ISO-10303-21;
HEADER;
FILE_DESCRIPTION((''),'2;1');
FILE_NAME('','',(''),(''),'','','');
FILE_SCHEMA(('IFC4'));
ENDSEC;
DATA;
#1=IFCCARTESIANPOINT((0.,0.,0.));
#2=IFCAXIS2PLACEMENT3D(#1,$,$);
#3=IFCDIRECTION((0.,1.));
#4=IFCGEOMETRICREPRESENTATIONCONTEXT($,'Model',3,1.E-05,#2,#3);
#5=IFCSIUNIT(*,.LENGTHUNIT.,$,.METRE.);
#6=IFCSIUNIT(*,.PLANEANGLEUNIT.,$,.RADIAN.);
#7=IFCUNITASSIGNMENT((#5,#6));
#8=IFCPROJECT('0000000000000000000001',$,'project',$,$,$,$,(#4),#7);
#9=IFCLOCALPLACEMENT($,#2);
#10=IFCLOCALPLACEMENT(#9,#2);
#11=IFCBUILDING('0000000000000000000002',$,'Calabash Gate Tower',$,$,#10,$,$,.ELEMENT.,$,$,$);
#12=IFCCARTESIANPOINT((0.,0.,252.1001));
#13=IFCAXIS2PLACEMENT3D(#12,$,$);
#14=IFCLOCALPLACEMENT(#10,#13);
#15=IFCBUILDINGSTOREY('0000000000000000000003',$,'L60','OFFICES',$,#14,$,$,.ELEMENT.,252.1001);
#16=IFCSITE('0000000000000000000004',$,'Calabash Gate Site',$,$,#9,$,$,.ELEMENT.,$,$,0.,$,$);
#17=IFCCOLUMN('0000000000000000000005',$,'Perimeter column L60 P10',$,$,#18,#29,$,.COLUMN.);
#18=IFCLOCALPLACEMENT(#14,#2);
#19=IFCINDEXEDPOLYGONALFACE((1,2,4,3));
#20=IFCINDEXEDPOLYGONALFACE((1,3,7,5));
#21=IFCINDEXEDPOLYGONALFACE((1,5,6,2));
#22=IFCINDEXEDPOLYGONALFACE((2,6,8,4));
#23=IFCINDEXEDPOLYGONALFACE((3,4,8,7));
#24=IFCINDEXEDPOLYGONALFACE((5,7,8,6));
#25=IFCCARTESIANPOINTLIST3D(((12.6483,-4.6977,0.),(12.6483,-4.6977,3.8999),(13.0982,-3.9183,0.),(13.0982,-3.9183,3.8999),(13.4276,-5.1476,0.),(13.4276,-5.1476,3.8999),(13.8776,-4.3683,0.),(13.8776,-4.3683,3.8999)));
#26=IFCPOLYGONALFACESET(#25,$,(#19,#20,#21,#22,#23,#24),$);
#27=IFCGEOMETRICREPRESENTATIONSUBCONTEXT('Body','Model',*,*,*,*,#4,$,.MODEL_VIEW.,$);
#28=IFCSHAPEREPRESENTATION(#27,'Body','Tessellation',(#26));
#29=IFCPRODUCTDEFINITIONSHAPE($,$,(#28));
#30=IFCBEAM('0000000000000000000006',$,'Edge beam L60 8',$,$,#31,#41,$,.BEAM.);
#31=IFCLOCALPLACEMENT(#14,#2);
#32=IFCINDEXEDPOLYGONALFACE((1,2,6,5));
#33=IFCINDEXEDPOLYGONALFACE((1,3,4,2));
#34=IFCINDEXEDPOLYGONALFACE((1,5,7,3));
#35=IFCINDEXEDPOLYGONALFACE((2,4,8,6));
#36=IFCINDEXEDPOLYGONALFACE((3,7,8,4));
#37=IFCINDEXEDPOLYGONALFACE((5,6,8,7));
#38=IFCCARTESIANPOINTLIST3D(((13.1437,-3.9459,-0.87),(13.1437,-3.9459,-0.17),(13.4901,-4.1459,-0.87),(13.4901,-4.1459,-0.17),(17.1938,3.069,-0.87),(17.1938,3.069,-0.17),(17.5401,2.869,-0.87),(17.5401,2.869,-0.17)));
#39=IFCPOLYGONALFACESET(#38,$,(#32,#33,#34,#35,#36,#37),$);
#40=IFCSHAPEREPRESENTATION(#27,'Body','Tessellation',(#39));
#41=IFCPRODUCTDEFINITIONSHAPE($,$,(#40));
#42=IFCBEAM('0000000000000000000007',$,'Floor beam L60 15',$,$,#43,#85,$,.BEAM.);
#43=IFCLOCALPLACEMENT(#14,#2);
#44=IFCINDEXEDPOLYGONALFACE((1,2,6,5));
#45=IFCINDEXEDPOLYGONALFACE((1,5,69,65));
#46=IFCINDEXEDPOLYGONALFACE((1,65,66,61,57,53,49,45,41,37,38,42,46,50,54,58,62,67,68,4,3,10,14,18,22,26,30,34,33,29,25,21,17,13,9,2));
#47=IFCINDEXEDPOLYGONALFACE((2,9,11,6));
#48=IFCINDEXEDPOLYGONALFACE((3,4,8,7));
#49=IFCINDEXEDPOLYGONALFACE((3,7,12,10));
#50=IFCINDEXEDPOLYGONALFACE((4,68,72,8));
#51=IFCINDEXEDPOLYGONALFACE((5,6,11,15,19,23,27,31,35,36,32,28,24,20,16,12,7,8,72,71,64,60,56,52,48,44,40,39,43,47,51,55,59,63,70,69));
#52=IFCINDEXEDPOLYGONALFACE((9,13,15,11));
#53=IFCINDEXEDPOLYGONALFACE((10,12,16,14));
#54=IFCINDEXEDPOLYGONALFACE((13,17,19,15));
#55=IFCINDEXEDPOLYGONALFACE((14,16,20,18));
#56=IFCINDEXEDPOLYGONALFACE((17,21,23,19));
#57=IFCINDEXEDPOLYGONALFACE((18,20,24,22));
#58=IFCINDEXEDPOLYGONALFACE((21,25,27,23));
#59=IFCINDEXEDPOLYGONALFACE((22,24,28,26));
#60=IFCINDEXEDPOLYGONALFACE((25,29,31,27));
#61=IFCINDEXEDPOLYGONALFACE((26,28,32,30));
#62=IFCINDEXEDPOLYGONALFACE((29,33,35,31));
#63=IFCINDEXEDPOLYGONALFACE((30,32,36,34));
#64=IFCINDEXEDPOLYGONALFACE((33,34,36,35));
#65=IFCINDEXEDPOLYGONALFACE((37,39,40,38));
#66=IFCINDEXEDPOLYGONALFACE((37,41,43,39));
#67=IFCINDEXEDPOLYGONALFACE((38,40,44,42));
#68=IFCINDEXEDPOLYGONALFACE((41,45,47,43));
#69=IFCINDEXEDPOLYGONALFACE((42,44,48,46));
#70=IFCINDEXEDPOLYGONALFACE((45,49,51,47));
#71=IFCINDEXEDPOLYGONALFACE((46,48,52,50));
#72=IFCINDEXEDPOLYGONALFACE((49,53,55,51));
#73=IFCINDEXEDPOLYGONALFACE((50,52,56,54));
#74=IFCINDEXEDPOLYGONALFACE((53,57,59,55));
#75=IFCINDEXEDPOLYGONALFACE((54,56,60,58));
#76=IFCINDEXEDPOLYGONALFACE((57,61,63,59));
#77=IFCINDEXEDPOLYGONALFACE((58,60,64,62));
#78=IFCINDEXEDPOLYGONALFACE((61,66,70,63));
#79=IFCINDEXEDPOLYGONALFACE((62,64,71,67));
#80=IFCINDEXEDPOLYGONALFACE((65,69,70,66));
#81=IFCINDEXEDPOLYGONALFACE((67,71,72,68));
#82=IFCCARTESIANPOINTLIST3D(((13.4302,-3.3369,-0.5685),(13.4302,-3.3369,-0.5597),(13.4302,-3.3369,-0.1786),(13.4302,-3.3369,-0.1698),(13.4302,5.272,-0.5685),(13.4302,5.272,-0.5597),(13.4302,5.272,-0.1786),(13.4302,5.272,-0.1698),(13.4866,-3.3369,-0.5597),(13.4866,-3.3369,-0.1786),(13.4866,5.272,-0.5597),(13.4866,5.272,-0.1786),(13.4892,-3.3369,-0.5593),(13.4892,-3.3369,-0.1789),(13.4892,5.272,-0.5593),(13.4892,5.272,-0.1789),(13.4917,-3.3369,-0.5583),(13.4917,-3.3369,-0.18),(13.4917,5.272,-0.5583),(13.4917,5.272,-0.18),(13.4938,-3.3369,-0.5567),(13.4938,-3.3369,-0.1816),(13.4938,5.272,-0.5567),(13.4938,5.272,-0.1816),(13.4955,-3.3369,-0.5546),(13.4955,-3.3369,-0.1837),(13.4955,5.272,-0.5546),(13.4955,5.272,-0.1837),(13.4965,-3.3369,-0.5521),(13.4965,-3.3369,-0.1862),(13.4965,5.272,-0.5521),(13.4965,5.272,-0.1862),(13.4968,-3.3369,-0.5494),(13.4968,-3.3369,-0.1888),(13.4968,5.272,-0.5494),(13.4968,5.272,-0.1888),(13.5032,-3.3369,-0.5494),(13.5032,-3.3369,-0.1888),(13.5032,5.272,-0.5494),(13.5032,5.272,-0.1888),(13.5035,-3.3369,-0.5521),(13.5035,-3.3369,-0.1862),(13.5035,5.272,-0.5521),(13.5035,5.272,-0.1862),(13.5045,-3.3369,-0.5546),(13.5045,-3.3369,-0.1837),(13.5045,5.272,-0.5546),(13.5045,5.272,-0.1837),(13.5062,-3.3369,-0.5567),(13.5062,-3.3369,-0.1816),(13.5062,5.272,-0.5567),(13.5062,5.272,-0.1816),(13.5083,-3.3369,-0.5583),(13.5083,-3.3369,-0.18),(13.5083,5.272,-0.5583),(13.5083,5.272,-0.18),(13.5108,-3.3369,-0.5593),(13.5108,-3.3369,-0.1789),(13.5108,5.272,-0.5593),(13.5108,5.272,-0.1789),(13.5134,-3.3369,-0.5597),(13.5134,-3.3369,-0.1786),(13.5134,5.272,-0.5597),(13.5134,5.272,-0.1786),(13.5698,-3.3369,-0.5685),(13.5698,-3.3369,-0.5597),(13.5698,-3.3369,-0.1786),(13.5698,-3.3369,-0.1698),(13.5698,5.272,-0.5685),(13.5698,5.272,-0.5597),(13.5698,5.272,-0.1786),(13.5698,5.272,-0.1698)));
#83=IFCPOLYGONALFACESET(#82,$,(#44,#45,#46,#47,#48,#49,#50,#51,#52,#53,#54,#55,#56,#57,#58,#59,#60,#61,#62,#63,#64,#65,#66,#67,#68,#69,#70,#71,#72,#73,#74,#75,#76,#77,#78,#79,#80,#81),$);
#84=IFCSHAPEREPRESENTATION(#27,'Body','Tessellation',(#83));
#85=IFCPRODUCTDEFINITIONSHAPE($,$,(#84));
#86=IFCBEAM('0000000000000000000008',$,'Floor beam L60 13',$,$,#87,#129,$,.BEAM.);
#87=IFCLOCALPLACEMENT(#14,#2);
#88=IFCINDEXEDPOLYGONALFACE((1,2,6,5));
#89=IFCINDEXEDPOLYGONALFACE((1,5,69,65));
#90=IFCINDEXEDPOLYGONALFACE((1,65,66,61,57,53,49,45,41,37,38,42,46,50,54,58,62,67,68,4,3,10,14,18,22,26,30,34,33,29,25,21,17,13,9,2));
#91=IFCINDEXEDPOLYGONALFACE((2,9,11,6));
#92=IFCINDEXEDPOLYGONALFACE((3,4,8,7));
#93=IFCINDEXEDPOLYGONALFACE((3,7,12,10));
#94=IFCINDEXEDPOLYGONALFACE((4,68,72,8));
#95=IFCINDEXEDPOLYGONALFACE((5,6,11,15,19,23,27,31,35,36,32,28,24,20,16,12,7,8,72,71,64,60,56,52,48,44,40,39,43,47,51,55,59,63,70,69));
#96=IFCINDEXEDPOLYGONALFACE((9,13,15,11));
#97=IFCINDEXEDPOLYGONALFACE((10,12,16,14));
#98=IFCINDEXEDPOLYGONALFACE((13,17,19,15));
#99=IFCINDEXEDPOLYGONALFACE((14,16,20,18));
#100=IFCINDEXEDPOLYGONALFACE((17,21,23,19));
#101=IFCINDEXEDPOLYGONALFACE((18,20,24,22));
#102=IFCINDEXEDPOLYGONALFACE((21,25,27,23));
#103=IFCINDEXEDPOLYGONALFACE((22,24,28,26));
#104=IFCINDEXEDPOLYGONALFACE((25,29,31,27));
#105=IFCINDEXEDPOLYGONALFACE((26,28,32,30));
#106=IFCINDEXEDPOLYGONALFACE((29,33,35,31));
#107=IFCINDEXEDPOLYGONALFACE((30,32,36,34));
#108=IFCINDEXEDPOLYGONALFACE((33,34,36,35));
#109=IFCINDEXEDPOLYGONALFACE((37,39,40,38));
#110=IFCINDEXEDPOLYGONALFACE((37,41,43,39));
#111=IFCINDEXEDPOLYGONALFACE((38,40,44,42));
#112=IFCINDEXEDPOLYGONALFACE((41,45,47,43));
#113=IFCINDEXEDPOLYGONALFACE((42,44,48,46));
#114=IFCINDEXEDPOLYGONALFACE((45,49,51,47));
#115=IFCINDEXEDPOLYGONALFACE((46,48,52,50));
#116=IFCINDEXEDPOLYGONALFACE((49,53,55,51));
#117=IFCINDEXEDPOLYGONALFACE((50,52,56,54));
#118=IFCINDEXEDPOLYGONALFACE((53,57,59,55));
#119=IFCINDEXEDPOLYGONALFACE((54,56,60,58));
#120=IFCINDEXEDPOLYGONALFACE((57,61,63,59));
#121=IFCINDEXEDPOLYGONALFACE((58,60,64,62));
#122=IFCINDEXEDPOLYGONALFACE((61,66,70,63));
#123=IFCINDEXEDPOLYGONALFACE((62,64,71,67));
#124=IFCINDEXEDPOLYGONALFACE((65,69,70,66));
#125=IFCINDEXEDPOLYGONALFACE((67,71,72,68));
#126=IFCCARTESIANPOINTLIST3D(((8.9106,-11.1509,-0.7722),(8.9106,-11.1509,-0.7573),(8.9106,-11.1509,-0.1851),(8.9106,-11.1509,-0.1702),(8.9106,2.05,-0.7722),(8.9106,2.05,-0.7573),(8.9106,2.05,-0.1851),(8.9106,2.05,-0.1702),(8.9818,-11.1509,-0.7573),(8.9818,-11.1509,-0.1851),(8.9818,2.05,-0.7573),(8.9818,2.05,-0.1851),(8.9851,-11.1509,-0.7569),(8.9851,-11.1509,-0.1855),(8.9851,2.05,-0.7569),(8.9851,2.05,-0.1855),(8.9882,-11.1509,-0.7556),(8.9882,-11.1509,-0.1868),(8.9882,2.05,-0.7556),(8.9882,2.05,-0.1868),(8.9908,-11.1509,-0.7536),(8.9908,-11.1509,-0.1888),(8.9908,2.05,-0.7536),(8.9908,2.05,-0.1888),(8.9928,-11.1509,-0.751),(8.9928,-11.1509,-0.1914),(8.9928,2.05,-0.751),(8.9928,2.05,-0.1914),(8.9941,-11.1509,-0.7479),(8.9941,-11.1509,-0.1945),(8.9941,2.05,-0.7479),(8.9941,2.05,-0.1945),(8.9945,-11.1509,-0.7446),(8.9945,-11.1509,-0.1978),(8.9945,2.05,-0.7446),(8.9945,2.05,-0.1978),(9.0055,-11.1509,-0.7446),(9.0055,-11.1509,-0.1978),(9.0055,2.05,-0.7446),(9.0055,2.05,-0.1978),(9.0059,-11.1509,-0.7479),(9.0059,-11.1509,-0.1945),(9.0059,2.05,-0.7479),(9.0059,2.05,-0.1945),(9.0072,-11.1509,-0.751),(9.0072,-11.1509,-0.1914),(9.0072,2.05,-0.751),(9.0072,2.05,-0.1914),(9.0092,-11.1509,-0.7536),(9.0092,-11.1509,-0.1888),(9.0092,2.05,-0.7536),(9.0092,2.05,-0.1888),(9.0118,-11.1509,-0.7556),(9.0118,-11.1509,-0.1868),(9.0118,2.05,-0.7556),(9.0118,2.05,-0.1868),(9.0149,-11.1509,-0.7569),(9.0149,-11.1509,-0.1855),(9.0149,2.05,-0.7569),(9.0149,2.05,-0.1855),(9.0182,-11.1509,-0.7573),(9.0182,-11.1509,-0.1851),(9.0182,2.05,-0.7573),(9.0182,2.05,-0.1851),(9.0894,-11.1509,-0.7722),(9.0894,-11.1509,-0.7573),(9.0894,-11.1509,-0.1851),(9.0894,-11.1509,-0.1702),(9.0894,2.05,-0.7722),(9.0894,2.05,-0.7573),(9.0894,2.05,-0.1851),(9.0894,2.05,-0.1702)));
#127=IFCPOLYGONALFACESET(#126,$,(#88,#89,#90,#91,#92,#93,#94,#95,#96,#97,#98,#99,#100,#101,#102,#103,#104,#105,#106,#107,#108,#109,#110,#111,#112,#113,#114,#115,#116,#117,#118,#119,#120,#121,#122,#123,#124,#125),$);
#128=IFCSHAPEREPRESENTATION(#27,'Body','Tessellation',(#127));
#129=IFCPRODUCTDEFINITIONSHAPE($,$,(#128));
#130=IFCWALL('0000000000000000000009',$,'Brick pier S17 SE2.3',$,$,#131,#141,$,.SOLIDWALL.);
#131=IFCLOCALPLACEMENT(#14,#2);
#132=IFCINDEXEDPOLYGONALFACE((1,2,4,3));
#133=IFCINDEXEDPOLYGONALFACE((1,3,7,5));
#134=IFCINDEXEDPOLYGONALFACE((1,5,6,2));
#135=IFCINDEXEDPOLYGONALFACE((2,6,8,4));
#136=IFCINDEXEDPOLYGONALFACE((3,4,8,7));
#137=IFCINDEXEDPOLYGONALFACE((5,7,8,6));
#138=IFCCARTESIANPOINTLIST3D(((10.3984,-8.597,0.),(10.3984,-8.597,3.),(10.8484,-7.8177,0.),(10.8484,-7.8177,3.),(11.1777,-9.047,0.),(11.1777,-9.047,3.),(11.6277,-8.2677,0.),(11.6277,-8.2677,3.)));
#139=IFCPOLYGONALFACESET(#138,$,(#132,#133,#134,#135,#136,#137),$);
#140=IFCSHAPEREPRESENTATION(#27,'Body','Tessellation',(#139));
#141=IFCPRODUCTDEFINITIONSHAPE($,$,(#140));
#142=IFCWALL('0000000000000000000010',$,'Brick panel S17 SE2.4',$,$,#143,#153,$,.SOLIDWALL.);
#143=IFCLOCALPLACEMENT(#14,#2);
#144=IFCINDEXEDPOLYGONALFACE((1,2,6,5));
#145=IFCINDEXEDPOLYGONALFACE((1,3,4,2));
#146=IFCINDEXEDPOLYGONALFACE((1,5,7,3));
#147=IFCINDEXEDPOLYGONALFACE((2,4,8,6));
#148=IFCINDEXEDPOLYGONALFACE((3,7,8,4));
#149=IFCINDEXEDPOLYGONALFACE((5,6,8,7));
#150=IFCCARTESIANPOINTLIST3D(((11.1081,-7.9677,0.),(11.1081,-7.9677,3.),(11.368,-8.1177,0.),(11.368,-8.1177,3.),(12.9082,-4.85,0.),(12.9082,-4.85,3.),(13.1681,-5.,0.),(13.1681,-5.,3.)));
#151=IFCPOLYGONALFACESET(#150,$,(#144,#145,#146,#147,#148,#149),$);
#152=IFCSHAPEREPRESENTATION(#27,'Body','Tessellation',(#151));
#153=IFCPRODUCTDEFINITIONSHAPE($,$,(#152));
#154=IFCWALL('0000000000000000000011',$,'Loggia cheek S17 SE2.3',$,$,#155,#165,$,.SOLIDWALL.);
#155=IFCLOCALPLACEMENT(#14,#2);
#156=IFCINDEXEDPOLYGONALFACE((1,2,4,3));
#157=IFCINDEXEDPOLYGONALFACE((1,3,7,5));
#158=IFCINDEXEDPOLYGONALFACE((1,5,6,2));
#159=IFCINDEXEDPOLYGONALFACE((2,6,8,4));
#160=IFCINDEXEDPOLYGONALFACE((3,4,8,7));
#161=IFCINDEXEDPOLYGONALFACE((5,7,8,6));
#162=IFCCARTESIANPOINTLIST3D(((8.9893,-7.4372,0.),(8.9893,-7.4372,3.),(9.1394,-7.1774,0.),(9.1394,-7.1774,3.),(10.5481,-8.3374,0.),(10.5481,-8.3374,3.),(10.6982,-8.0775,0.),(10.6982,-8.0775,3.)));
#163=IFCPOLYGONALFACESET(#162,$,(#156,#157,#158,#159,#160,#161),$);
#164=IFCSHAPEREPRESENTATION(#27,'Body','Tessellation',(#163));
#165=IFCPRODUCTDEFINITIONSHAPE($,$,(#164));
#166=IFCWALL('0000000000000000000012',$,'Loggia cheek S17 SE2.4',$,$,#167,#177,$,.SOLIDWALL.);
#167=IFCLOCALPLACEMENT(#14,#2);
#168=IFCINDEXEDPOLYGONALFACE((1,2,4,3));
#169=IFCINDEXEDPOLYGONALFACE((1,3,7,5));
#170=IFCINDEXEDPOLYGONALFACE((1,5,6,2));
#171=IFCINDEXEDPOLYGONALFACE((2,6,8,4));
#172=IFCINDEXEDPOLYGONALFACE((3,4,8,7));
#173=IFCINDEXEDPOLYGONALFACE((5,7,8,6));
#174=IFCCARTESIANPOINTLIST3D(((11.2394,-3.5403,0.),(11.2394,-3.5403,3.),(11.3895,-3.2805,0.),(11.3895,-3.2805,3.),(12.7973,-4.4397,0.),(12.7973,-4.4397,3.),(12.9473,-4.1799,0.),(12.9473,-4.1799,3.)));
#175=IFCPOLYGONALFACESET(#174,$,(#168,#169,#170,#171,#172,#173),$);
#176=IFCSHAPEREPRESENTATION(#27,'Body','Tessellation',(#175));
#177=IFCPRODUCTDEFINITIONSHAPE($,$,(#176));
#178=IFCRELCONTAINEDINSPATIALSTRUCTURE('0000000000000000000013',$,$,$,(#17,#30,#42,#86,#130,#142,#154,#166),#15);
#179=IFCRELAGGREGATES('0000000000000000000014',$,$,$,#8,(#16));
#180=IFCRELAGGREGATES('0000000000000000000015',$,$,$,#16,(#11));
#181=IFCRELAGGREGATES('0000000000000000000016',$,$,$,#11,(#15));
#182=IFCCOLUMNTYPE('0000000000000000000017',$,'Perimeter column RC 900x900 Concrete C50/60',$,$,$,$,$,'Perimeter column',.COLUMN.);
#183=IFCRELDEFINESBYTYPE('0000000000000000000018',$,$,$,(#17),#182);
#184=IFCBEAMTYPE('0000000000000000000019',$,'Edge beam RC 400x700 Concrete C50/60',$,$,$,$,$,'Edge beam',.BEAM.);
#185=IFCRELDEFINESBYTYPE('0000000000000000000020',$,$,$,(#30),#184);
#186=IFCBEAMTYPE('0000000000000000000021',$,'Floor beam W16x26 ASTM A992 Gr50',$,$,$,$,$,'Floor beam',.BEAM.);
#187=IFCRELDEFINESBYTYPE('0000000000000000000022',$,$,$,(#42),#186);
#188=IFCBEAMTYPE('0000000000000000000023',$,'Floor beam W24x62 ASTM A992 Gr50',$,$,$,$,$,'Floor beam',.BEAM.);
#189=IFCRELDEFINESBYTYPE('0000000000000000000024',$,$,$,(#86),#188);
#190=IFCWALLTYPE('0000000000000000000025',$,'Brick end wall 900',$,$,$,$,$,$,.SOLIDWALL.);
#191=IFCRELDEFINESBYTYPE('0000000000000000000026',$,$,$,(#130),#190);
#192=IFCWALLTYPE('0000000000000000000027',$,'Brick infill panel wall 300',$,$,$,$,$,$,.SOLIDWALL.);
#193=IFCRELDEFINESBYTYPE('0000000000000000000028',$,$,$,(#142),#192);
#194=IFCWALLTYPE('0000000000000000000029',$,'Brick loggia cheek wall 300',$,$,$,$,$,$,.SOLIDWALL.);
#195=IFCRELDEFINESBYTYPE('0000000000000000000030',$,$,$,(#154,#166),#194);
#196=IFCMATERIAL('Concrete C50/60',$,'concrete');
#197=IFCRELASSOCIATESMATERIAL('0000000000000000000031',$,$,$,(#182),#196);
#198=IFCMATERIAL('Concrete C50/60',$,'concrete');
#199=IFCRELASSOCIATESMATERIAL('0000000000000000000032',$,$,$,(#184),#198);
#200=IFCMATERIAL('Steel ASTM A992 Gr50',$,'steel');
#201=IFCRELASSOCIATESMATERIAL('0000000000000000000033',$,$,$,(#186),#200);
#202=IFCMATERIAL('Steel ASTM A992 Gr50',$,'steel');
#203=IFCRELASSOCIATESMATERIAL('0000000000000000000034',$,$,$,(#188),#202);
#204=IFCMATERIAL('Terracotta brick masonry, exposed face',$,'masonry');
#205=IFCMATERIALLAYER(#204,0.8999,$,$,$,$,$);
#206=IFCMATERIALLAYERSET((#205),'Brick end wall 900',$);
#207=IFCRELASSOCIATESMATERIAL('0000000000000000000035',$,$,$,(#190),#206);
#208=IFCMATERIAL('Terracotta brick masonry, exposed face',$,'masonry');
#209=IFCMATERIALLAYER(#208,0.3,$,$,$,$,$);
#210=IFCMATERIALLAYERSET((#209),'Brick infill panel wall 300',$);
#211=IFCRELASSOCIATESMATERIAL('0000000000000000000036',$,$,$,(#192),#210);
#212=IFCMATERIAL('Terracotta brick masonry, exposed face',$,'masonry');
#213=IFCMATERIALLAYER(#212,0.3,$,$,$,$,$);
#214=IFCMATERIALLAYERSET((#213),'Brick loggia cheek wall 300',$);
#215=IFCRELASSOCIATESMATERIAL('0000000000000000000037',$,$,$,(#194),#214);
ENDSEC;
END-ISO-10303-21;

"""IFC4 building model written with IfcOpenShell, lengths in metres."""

from ifc_helpers import new_model, si_unit, direction, frame, frame_2d, origin, origin_2d, place, context, subcontext, project, spatial, rectangle, i_section, extrude, material, layer, layer_set, material_profile, profile_set, type_object, element, save


model = new_model("IFC4")

# Units and contexts
model_context = context("Model", 3, precision=1e-05, world=origin(), true_north=direction((0.0, 1.0)))
body_context = subcontext(model_context, "Body", "Model", "MODEL_VIEW")
ifc_project = project(units=[si_unit("LENGTHUNIT", "METRE"), si_unit("PLANEANGLEUNIT", "RADIAN")], contexts=[model_context])

# Site, building, storey
site_placement = place(None, origin())
site = spatial("IfcSite", under=ifc_project, at=site_placement, Name="Calabash Gate Site", CompositionType="ELEMENT", RefElevation=0.0)
building_placement = place(site_placement, origin())
building = spatial("IfcBuilding", under=site, at=building_placement, Name="Calabash Gate Tower", CompositionType="ELEMENT")
storey_placement = place(building_placement, frame((0.0, 0.0, 252.1001)))
storey = spatial("IfcBuildingStorey", under=building, at=storey_placement, Name="L60", Description="OFFICES", CompositionType="ELEMENT", Elevation=252.1001)

# Column
ifc_material_1 = material(Name="Concrete C50/60", Category="concrete")
ifc_material_profile_1 = material_profile(ifc_material_1, rectangle(XDim=0.8999, YDim=0.8999, at=origin_2d()))
ifc_profile_set_1 = profile_set([ifc_material_profile_1], Name="Concrete C50/60")
column_type = type_object("IfcColumnType", Name="Perimeter column RC 900x900 Concrete C50/60", ElementType="Perimeter column", PredefinedType="COLUMN", material=ifc_profile_set_1)
column_placement = place(storey_placement, frame((13.2629, -4.533, 0.0), z_axis=(0.0, 0.0, 1.0), x_axis=(0.5, 0.866025, 0.0)))
element("IfcColumn", 1, at=column_placement, inside=storey, type_object=column_type, Name="Perimeter column L60 P10", PredefinedType="COLUMN", context=body_context, shape_type="SweptSolid", body=[
    extrude(rectangle(XDim=0.8999, YDim=0.8999, at=origin_2d()), origin(), (0.0, 0.0, 1.0), 3.8999),
])

# Beams
ifc_material_2 = material(Name="Concrete C50/60", Category="concrete")
ifc_material_profile_2 = material_profile(ifc_material_2, rectangle(XDim=0.3999, YDim=0.7, at=origin_2d()))
ifc_profile_set_2 = profile_set([ifc_material_profile_2], Name="Concrete C50/60")
beam_type_1 = type_object("IfcBeamType", Name="Edge beam RC 400x700 Concrete C50/60", ElementType="Edge beam", PredefinedType="BEAM", material=ifc_profile_set_2)
beam_1_placement = place(storey_placement, frame((13.3169, -4.0459, -0.52), z_axis=(0.5, 0.866025, 0.0), x_axis=(-0.866025, 0.5, 0.0)))
element("IfcBeam", 2, at=beam_1_placement, inside=storey, type_object=beam_type_1, Name="Edge beam L60 8", PredefinedType="BEAM", context=body_context, shape_type="SweptSolid", body=[
    extrude(rectangle(XDim=0.3999, YDim=0.7, at=origin_2d()), origin(), (0.0, 0.0, 1.0), 8.1001),
])
ifc_material_3 = material(Name="Steel ASTM A992 Gr50", Category="steel")
ifc_material_profile_3 = material_profile(ifc_material_3, i_section(OverallWidth=0.1396, OverallDepth=0.3987, WebThickness=0.0063, FlangeThickness=0.0088, FilletRadius=0.0103, at=origin_2d()))
ifc_profile_set_3 = profile_set([ifc_material_profile_3], Name="Steel ASTM A992 Gr50")
beam_type_2 = type_object("IfcBeamType", Name="Floor beam W16x26 ASTM A992 Gr50", ElementType="Floor beam", PredefinedType="BEAM", material=ifc_profile_set_3)
beam_2_placement = place(storey_placement, frame((13.5, -3.3369, -0.3691), z_axis=(0.0, 1.0, 0.0), x_axis=(-1.0, 0.0, 0.0)))
element("IfcBeam", 3, at=beam_2_placement, inside=storey, type_object=beam_type_2, Name="Floor beam L60 15", PredefinedType="BEAM", context=body_context, shape_type="SweptSolid", body=[
    extrude(i_section(OverallWidth=0.1396, OverallDepth=0.3987, WebThickness=0.0063, FlangeThickness=0.0088, FilletRadius=0.0103, at=origin_2d()), origin(), (0.0, 0.0, 1.0), 8.6089),
])
ifc_material_4 = material(Name="Steel ASTM A992 Gr50", Category="steel")
ifc_material_profile_4 = material_profile(ifc_material_4, i_section(OverallWidth=0.1787, OverallDepth=0.6021, WebThickness=0.011, FlangeThickness=0.0149, FilletRadius=0.0127, at=origin_2d()))
ifc_profile_set_4 = profile_set([ifc_material_profile_4], Name="Steel ASTM A992 Gr50")
beam_type_3 = type_object("IfcBeamType", Name="Floor beam W24x62 ASTM A992 Gr50", ElementType="Floor beam", PredefinedType="BEAM", material=ifc_profile_set_4)
beam_3_placement = place(storey_placement, frame((9.0, -11.1509, -0.4712), z_axis=(0.0, 1.0, 0.0), x_axis=(-1.0, 0.0, 0.0)))
element("IfcBeam", 4, at=beam_3_placement, inside=storey, type_object=beam_type_3, Name="Floor beam L60 13", PredefinedType="BEAM", context=body_context, shape_type="SweptSolid", body=[
    extrude(i_section(OverallWidth=0.1787, OverallDepth=0.6021, WebThickness=0.011, FlangeThickness=0.0149, FilletRadius=0.0127, at=origin_2d()), origin(), (0.0, 0.0, 1.0), 13.2009),
])

# Walls
ifc_material_5 = material(Name="Terracotta brick masonry, exposed face", Category="masonry")
ifc_layer_1 = layer(ifc_material_5, 0.8999)
ifc_layer_set_1 = layer_set([ifc_layer_1], Name="Brick end wall 900")
wall_type_1 = type_object("IfcWallType", Name="Brick end wall 900", PredefinedType="SOLIDWALL", material=ifc_layer_set_1)
wall_1_placement = place(storey_placement, frame((10.7881, -8.822, 0.0), z_axis=(0.0, 0.0, 1.0), x_axis=(0.50002, 0.866014, 0.0)))
element("IfcWall", 5, at=wall_1_placement, inside=storey, type_object=wall_type_1, Name="Brick pier S17 SE2.3", PredefinedType="SOLIDWALL", context=body_context, shape_type="SweptSolid", body=[
    extrude(rectangle(XDim=0.8999, YDim=0.8999, at=frame_2d((0.45, 0.0))), origin(), (0.0, 0.0, 1.0), 3.0),
])
ifc_material_6 = material(Name="Terracotta brick masonry, exposed face", Category="masonry")
ifc_layer_2 = layer(ifc_material_6, 0.3)
ifc_layer_set_2 = layer_set([ifc_layer_2], Name="Brick infill panel wall 300")
wall_type_2 = type_object("IfcWallType", Name="Brick infill panel wall 300", PredefinedType="SOLIDWALL", material=ifc_layer_set_2)
wall_2_placement = place(storey_placement, frame((11.238, -8.0427, 0.0), z_axis=(0.0, 0.0, 1.0), x_axis=(0.500012, 0.866018, 0.0)))
element("IfcWall", 6, at=wall_2_placement, inside=storey, type_object=wall_type_2, Name="Brick panel S17 SE2.4", PredefinedType="SOLIDWALL", context=body_context, shape_type="SweptSolid", body=[
    extrude(rectangle(XDim=3.6001, YDim=0.3, at=frame_2d((1.8, 0.0))), origin(), (0.0, 0.0, 1.0), 3.0),
])
ifc_material_7 = material(Name="Terracotta brick masonry, exposed face", Category="masonry")
ifc_layer_3 = layer(ifc_material_7, 0.3)
ifc_layer_set_3 = layer_set([ifc_layer_3], Name="Brick loggia cheek wall 300")
wall_type_3 = type_object("IfcWallType", Name="Brick loggia cheek wall 300", PredefinedType="SOLIDWALL", material=ifc_layer_set_3)
wall_3_placement = place(storey_placement, frame((9.0645, -7.3074, 0.0), z_axis=(0.0, 0.0, 1.0), x_axis=(0.865989, -0.500063, 0.0)))
element("IfcWall", 7, at=wall_3_placement, inside=storey, type_object=wall_type_3, Name="Loggia cheek S17 SE2.3", PredefinedType="SOLIDWALL", context=body_context, shape_type="SweptSolid", body=[
    extrude(rectangle(XDim=1.8, YDim=0.3, at=frame_2d((0.8999, 0.0))), origin(), (0.0, 0.0, 1.0), 3.0),
])
wall_4_placement = place(storey_placement, frame((11.3145, -3.4104, 0.0), z_axis=(0.0, 0.0, 1.0), x_axis=(0.86603, -0.499993, 0.0)))
element("IfcWall", 8, at=wall_4_placement, inside=storey, type_object=wall_type_3, Name="Loggia cheek S17 SE2.4", PredefinedType="SOLIDWALL", context=body_context, shape_type="SweptSolid", body=[
    extrude(rectangle(XDim=1.7988, YDim=0.3, at=frame_2d((0.8994, 0.0))), origin(), (0.0, 0.0, 1.0), 3.0),
])

save(model, "model.ifc")
